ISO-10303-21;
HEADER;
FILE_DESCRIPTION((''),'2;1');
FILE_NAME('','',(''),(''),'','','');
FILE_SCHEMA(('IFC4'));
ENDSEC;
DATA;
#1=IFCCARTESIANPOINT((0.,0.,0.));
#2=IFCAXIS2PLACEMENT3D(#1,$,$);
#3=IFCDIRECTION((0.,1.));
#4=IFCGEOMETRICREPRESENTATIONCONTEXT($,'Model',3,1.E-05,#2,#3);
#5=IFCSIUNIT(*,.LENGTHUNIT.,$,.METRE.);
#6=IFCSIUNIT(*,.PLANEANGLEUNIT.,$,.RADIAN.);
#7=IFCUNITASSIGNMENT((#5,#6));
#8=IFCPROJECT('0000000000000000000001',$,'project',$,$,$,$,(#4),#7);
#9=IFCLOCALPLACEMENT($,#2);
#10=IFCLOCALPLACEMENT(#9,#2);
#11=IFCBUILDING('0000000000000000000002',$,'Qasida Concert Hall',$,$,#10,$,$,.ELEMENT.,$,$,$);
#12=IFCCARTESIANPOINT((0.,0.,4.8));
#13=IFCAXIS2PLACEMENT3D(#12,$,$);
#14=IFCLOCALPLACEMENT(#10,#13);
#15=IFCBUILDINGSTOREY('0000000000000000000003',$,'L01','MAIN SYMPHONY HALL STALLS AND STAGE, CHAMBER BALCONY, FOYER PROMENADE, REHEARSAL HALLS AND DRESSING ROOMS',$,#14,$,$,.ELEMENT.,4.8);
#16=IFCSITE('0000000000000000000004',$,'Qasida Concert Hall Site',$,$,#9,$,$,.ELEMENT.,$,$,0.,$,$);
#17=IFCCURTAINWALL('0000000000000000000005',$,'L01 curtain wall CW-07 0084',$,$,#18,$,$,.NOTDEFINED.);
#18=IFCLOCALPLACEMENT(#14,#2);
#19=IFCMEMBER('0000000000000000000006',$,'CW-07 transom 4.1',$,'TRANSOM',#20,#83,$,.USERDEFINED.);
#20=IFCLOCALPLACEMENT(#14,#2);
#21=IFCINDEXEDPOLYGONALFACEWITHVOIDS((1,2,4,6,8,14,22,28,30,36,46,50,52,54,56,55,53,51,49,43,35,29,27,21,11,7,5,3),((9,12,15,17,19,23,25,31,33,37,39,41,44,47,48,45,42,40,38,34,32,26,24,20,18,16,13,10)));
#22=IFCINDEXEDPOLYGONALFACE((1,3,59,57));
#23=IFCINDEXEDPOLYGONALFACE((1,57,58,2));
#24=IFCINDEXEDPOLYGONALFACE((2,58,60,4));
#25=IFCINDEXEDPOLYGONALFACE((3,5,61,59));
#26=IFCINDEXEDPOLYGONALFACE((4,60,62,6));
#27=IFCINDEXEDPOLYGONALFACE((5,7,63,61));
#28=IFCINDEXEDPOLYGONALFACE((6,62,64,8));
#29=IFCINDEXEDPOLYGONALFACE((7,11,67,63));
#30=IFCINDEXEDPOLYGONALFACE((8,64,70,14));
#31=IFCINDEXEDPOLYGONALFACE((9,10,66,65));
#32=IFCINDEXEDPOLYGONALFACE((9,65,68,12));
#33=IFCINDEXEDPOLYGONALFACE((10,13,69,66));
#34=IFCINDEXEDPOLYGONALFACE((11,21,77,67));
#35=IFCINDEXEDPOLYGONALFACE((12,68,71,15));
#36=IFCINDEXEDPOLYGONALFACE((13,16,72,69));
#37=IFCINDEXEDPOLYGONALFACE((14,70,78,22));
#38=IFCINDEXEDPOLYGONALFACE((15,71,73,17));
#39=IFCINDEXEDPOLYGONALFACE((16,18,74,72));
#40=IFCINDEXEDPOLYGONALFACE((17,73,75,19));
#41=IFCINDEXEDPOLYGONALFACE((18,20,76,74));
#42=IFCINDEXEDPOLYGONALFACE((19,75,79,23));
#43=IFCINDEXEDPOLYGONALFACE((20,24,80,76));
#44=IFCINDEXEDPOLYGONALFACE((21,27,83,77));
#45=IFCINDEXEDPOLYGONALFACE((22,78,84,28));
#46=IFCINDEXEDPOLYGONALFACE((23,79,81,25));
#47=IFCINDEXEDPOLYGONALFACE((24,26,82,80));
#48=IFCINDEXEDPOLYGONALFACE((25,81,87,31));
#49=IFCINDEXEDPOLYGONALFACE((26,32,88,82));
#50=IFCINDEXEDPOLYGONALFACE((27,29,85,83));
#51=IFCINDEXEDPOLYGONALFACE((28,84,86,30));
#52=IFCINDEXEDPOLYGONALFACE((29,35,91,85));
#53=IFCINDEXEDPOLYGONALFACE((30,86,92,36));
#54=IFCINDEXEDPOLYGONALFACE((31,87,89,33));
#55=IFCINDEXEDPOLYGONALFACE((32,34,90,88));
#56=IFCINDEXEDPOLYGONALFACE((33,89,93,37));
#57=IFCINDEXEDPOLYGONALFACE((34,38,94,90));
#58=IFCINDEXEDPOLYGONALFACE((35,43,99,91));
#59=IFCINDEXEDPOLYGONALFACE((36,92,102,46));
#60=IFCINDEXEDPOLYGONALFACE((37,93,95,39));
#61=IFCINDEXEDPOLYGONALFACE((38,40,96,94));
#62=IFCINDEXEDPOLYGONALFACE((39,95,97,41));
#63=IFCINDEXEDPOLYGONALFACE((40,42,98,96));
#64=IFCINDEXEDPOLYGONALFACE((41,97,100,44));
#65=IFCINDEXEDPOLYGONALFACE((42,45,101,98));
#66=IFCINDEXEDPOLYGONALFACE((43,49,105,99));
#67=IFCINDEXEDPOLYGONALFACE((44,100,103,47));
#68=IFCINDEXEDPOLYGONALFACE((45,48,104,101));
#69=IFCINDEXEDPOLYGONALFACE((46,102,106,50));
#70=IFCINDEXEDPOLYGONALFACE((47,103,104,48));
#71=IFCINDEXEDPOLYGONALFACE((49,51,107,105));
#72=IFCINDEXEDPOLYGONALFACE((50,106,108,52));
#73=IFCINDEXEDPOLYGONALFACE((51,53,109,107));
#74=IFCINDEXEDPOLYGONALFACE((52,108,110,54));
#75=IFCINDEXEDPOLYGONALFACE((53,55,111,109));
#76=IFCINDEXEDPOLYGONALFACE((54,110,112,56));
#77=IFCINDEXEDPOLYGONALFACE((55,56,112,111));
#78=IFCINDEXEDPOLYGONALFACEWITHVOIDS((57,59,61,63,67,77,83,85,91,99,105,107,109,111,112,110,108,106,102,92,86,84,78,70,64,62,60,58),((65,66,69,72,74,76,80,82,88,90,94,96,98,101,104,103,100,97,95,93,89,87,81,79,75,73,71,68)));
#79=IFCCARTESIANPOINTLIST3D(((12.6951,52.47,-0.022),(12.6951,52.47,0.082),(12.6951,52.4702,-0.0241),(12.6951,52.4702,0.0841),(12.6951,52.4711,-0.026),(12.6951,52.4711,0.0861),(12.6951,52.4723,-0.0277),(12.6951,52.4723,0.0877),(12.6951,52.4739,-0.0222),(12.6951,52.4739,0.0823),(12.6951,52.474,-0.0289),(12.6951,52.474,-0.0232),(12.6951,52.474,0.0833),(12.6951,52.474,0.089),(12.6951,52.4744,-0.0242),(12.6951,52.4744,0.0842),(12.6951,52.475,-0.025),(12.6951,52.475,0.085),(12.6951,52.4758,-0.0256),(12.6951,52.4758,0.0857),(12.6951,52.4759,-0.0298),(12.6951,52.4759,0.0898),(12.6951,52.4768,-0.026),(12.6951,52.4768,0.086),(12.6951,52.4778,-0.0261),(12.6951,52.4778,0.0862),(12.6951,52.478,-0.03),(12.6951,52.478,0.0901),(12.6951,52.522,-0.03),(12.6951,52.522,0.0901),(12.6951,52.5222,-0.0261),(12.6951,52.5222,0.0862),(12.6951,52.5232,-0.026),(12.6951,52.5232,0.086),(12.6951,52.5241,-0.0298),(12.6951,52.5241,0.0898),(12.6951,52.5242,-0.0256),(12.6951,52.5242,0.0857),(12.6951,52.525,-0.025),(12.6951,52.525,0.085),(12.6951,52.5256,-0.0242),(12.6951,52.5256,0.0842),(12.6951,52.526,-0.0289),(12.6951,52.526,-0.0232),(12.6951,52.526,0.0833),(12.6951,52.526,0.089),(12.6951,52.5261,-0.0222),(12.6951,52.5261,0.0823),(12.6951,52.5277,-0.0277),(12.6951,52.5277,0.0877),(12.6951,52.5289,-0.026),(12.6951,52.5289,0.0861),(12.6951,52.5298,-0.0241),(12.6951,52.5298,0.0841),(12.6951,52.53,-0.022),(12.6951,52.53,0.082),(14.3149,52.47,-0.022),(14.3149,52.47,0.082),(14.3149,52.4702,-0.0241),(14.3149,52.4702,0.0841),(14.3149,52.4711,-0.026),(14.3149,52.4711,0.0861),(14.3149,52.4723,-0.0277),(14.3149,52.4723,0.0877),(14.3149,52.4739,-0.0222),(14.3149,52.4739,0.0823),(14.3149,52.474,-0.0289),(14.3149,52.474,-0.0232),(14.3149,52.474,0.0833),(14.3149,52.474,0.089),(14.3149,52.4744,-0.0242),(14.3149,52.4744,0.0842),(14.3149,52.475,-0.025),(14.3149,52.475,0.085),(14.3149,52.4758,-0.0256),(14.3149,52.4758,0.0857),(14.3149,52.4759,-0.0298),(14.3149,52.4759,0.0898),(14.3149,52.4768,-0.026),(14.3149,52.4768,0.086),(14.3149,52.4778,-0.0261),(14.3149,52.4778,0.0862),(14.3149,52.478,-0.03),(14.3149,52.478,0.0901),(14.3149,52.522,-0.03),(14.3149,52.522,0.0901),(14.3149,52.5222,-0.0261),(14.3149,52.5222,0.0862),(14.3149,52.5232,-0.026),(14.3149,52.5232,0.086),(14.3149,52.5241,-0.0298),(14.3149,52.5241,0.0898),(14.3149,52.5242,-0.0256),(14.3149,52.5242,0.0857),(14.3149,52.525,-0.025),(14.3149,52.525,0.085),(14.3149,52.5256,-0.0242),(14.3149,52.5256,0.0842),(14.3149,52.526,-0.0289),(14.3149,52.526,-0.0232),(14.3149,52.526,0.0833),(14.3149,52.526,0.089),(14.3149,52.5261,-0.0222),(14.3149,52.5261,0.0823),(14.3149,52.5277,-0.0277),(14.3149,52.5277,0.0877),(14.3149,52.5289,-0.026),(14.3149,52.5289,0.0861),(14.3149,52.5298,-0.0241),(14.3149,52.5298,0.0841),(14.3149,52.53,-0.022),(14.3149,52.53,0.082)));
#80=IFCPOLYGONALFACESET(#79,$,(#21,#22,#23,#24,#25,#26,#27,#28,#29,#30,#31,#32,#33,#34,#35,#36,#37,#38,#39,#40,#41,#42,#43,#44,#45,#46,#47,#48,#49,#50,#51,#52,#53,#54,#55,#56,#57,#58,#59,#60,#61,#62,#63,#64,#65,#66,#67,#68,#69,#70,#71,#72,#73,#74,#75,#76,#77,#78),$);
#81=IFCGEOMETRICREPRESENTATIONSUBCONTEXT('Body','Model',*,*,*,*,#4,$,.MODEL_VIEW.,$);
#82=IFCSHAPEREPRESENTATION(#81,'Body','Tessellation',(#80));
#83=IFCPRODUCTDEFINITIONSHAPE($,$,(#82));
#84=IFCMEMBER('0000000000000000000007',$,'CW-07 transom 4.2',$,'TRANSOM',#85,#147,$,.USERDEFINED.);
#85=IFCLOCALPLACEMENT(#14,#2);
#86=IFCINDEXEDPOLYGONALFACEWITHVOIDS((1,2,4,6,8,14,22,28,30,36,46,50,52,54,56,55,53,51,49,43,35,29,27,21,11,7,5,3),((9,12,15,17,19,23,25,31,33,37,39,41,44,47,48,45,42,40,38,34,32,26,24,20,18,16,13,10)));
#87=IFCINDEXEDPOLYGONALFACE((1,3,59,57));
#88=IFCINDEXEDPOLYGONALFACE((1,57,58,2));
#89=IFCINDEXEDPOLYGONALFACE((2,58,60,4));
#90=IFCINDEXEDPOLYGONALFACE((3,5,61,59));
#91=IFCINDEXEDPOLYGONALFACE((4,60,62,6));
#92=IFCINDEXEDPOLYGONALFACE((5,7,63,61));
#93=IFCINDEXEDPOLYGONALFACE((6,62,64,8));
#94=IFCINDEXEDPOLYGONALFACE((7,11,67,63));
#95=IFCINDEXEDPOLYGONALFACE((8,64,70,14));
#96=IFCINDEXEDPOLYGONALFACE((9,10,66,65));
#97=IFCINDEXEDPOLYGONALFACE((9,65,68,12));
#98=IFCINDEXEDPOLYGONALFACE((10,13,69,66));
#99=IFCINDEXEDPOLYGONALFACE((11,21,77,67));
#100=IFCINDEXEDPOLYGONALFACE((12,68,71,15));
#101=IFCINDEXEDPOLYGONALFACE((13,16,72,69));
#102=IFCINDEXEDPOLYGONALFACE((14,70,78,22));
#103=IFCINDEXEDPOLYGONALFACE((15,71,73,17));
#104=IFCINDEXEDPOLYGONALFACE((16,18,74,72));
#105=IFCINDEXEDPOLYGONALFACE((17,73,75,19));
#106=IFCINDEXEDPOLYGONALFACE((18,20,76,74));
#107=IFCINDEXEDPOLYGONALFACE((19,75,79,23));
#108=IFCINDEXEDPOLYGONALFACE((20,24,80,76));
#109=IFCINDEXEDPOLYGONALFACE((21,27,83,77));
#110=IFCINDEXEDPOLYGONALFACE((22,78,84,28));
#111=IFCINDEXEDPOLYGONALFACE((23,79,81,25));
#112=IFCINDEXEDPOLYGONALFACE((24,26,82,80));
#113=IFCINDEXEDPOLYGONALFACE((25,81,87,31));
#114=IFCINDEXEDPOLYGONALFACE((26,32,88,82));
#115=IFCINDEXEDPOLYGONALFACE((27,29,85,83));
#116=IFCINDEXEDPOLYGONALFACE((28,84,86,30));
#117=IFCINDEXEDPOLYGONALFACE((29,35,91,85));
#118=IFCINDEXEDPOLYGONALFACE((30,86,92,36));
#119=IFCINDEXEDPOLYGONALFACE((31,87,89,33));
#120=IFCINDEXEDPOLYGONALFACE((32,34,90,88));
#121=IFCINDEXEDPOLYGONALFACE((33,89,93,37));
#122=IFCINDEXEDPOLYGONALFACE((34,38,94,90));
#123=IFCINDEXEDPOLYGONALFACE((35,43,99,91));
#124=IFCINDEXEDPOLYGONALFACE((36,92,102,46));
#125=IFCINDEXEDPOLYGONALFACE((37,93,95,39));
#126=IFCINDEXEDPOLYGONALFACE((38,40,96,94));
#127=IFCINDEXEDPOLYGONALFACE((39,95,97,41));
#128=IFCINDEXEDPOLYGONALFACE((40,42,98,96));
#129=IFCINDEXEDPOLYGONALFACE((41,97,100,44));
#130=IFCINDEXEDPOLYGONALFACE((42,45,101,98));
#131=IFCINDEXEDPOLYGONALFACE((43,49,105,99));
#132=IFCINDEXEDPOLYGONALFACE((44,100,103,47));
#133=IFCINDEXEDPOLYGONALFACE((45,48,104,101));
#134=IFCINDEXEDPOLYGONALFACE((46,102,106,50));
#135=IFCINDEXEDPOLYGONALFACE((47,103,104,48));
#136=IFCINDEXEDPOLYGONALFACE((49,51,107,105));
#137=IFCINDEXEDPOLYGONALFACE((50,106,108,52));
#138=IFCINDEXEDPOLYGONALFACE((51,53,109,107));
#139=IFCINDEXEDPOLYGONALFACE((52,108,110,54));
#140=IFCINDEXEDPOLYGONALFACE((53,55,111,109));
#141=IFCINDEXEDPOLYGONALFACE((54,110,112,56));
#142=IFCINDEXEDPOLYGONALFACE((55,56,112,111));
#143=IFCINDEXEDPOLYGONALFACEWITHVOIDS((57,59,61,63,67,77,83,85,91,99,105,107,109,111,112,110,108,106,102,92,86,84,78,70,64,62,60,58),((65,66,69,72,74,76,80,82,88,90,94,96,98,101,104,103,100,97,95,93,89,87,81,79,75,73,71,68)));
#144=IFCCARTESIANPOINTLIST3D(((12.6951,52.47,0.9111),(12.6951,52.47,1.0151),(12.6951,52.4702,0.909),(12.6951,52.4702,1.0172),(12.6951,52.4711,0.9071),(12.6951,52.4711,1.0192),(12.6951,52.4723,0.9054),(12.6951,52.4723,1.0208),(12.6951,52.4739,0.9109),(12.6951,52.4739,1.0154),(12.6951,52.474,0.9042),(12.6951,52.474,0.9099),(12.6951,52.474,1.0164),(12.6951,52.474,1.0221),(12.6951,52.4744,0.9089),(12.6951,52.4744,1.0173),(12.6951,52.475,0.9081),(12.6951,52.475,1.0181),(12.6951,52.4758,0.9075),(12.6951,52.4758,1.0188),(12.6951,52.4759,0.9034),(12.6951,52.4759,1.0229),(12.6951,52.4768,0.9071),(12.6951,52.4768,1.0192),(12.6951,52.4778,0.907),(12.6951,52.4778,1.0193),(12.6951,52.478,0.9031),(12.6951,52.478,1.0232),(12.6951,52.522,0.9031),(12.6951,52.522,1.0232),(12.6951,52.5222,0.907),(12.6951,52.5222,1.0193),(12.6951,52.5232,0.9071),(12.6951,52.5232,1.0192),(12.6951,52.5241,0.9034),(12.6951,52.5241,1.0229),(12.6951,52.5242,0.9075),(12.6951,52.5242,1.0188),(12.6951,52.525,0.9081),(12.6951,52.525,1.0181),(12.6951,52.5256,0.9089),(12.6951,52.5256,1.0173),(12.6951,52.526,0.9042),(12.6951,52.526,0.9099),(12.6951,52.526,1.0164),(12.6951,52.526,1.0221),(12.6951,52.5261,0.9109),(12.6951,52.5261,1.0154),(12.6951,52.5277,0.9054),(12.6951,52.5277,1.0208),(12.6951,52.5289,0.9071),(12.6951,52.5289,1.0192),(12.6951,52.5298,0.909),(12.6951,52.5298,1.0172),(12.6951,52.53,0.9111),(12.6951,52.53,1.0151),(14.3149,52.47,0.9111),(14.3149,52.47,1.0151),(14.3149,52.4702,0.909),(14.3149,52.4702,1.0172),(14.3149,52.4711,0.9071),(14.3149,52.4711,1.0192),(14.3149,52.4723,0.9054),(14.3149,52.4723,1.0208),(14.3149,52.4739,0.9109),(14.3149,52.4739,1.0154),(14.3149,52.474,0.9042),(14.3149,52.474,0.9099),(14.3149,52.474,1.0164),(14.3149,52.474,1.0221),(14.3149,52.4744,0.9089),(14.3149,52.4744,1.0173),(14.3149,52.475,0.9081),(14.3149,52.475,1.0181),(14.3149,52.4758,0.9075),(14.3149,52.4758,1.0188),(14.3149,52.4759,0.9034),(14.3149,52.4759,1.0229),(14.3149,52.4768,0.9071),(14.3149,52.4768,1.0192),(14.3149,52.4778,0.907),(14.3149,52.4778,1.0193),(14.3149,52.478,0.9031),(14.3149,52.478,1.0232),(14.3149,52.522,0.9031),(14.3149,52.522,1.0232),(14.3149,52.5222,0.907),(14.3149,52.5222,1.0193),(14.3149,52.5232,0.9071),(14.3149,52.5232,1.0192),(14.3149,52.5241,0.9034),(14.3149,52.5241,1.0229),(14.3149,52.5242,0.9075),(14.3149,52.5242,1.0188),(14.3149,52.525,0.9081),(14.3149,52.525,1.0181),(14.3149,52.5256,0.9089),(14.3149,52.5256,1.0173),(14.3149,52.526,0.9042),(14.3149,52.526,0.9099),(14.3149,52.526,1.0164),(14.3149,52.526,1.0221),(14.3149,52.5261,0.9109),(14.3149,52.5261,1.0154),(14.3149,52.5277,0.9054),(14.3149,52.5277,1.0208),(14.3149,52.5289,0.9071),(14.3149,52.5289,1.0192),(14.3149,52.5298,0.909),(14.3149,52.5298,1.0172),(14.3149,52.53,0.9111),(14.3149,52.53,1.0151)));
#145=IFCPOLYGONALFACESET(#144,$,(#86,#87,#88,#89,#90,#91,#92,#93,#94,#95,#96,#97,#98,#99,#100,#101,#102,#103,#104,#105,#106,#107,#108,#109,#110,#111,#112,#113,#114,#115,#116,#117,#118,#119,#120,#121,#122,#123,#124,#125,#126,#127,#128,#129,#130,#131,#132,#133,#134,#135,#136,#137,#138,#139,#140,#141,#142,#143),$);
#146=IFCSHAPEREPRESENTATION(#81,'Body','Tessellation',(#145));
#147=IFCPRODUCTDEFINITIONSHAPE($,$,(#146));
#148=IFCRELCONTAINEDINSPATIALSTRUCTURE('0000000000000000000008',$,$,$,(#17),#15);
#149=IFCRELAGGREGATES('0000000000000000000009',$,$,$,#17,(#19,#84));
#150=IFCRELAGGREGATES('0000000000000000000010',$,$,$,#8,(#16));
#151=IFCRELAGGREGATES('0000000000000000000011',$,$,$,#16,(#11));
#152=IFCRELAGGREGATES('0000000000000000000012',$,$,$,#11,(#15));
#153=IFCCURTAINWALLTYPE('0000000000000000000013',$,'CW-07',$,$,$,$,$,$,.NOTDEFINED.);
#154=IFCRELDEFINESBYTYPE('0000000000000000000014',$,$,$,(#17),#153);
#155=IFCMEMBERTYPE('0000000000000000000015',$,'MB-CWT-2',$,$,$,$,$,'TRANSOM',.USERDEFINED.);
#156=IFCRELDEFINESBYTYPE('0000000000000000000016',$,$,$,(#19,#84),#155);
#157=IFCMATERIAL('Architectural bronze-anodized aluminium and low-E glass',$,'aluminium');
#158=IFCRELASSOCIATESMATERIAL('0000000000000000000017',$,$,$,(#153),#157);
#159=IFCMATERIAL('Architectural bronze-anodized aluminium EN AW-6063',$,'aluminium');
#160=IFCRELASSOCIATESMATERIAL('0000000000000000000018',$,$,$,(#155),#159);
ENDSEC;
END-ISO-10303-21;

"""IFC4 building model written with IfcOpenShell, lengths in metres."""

from ifc_helpers import new_model, si_unit, direction, frame, origin, origin_2d, place, context, subcontext, project, spatial, hollow_rectangle, extrude, material, material_profile, profile_set, type_object, element, aggregate, save


model = new_model("IFC4")

# Units and contexts
model_context = context("Model", 3, precision=1e-05, world=origin(), true_north=direction((0.0, 1.0)))
body_context = subcontext(model_context, "Body", "Model", "MODEL_VIEW")
ifc_project = project(units=[si_unit("LENGTHUNIT", "METRE"), si_unit("PLANEANGLEUNIT", "RADIAN")], contexts=[model_context])

# Site, building, storey
site_placement = place(None, origin())
site = spatial("IfcSite", under=ifc_project, at=site_placement, Name="Qasida Concert Hall Site", CompositionType="ELEMENT", RefElevation=0.0)
building_placement = place(site_placement, origin())
building = spatial("IfcBuilding", under=site, at=building_placement, Name="Qasida Concert Hall", CompositionType="ELEMENT")
storey_placement = place(building_placement, frame((0.0, 0.0, 4.8)))
storey = spatial("IfcBuildingStorey", under=building, at=storey_placement, Name="L01", Description="MAIN SYMPHONY HALL STALLS AND STAGE, CHAMBER BALCONY, FOYER PROMENADE, REHEARSAL HALLS AND DRESSING ROOMS", CompositionType="ELEMENT", Elevation=4.8)

# Curtain wall, members
ifc_material_1 = material(Name="Architectural bronze-anodized aluminium and low-E glass", Category="aluminium")
curtain_wall_type = type_object("IfcCurtainWallType", Name="CW-07", PredefinedType="NOTDEFINED", material=ifc_material_1)
curtain_wall_placement = place(storey_placement, origin())
curtain_wall = element("IfcCurtainWall", 1, at=curtain_wall_placement, inside=storey, type_object=curtain_wall_type, Name="L01 curtain wall CW-07 0084", PredefinedType="NOTDEFINED")
ifc_material_2 = material(Name="Architectural bronze-anodized aluminium EN AW-6063", Category="aluminium")
ifc_material_profile_1 = material_profile(ifc_material_2, hollow_rectangle(XDim=0.0601, YDim=0.1201, WallThickness=0.0039, InnerFilletRadius=0.0039, OuterFilletRadius=0.0081, at=origin_2d()), Name="CWT 120x60x4")
ifc_profile_set_1 = profile_set([ifc_material_profile_1], Name="Architectural bronze-anodized aluminium EN AW-6063")
member_type_1 = type_object("IfcMemberType", Name="MB-CWT-2", ElementType="TRANSOM", PredefinedType="USERDEFINED", material=ifc_profile_set_1)
member_1_placement = place(storey_placement, frame((12.6951, 52.5, 0.03), z_axis=(1.0, 0.0, 0.0), x_axis=(0.0, 1.0, 0.0)))
member_1 = element("IfcMember", 2, at=member_1_placement, type_object=member_type_1, Name="CW-07 transom 4.1", ObjectType="TRANSOM", PredefinedType="USERDEFINED", context=body_context, shape_type="SweptSolid", body=[
    extrude(hollow_rectangle(XDim=0.0601, YDim=0.1201, WallThickness=0.0039, InnerFilletRadius=0.0039, OuterFilletRadius=0.0081, at=origin_2d()), origin(), (0.0, 0.0, 1.0), 1.6199),
])
member_2_placement = place(storey_placement, frame((12.6951, 52.5, 0.9631), z_axis=(1.0, 0.0, 0.0), x_axis=(0.0, 1.0, 0.0)))
member_2 = element("IfcMember", 3, at=member_2_placement, type_object=member_type_1, Name="CW-07 transom 4.2", ObjectType="TRANSOM", PredefinedType="USERDEFINED", context=body_context, shape_type="SweptSolid", body=[
    extrude(hollow_rectangle(XDim=0.0601, YDim=0.1201, WallThickness=0.0039, InnerFilletRadius=0.0039, OuterFilletRadius=0.0081, at=origin_2d()), origin(), (0.0, 0.0, 1.0), 1.6199),
])
aggregate(curtain_wall, [member_1, member_2])

save(model, "model.ifc")
